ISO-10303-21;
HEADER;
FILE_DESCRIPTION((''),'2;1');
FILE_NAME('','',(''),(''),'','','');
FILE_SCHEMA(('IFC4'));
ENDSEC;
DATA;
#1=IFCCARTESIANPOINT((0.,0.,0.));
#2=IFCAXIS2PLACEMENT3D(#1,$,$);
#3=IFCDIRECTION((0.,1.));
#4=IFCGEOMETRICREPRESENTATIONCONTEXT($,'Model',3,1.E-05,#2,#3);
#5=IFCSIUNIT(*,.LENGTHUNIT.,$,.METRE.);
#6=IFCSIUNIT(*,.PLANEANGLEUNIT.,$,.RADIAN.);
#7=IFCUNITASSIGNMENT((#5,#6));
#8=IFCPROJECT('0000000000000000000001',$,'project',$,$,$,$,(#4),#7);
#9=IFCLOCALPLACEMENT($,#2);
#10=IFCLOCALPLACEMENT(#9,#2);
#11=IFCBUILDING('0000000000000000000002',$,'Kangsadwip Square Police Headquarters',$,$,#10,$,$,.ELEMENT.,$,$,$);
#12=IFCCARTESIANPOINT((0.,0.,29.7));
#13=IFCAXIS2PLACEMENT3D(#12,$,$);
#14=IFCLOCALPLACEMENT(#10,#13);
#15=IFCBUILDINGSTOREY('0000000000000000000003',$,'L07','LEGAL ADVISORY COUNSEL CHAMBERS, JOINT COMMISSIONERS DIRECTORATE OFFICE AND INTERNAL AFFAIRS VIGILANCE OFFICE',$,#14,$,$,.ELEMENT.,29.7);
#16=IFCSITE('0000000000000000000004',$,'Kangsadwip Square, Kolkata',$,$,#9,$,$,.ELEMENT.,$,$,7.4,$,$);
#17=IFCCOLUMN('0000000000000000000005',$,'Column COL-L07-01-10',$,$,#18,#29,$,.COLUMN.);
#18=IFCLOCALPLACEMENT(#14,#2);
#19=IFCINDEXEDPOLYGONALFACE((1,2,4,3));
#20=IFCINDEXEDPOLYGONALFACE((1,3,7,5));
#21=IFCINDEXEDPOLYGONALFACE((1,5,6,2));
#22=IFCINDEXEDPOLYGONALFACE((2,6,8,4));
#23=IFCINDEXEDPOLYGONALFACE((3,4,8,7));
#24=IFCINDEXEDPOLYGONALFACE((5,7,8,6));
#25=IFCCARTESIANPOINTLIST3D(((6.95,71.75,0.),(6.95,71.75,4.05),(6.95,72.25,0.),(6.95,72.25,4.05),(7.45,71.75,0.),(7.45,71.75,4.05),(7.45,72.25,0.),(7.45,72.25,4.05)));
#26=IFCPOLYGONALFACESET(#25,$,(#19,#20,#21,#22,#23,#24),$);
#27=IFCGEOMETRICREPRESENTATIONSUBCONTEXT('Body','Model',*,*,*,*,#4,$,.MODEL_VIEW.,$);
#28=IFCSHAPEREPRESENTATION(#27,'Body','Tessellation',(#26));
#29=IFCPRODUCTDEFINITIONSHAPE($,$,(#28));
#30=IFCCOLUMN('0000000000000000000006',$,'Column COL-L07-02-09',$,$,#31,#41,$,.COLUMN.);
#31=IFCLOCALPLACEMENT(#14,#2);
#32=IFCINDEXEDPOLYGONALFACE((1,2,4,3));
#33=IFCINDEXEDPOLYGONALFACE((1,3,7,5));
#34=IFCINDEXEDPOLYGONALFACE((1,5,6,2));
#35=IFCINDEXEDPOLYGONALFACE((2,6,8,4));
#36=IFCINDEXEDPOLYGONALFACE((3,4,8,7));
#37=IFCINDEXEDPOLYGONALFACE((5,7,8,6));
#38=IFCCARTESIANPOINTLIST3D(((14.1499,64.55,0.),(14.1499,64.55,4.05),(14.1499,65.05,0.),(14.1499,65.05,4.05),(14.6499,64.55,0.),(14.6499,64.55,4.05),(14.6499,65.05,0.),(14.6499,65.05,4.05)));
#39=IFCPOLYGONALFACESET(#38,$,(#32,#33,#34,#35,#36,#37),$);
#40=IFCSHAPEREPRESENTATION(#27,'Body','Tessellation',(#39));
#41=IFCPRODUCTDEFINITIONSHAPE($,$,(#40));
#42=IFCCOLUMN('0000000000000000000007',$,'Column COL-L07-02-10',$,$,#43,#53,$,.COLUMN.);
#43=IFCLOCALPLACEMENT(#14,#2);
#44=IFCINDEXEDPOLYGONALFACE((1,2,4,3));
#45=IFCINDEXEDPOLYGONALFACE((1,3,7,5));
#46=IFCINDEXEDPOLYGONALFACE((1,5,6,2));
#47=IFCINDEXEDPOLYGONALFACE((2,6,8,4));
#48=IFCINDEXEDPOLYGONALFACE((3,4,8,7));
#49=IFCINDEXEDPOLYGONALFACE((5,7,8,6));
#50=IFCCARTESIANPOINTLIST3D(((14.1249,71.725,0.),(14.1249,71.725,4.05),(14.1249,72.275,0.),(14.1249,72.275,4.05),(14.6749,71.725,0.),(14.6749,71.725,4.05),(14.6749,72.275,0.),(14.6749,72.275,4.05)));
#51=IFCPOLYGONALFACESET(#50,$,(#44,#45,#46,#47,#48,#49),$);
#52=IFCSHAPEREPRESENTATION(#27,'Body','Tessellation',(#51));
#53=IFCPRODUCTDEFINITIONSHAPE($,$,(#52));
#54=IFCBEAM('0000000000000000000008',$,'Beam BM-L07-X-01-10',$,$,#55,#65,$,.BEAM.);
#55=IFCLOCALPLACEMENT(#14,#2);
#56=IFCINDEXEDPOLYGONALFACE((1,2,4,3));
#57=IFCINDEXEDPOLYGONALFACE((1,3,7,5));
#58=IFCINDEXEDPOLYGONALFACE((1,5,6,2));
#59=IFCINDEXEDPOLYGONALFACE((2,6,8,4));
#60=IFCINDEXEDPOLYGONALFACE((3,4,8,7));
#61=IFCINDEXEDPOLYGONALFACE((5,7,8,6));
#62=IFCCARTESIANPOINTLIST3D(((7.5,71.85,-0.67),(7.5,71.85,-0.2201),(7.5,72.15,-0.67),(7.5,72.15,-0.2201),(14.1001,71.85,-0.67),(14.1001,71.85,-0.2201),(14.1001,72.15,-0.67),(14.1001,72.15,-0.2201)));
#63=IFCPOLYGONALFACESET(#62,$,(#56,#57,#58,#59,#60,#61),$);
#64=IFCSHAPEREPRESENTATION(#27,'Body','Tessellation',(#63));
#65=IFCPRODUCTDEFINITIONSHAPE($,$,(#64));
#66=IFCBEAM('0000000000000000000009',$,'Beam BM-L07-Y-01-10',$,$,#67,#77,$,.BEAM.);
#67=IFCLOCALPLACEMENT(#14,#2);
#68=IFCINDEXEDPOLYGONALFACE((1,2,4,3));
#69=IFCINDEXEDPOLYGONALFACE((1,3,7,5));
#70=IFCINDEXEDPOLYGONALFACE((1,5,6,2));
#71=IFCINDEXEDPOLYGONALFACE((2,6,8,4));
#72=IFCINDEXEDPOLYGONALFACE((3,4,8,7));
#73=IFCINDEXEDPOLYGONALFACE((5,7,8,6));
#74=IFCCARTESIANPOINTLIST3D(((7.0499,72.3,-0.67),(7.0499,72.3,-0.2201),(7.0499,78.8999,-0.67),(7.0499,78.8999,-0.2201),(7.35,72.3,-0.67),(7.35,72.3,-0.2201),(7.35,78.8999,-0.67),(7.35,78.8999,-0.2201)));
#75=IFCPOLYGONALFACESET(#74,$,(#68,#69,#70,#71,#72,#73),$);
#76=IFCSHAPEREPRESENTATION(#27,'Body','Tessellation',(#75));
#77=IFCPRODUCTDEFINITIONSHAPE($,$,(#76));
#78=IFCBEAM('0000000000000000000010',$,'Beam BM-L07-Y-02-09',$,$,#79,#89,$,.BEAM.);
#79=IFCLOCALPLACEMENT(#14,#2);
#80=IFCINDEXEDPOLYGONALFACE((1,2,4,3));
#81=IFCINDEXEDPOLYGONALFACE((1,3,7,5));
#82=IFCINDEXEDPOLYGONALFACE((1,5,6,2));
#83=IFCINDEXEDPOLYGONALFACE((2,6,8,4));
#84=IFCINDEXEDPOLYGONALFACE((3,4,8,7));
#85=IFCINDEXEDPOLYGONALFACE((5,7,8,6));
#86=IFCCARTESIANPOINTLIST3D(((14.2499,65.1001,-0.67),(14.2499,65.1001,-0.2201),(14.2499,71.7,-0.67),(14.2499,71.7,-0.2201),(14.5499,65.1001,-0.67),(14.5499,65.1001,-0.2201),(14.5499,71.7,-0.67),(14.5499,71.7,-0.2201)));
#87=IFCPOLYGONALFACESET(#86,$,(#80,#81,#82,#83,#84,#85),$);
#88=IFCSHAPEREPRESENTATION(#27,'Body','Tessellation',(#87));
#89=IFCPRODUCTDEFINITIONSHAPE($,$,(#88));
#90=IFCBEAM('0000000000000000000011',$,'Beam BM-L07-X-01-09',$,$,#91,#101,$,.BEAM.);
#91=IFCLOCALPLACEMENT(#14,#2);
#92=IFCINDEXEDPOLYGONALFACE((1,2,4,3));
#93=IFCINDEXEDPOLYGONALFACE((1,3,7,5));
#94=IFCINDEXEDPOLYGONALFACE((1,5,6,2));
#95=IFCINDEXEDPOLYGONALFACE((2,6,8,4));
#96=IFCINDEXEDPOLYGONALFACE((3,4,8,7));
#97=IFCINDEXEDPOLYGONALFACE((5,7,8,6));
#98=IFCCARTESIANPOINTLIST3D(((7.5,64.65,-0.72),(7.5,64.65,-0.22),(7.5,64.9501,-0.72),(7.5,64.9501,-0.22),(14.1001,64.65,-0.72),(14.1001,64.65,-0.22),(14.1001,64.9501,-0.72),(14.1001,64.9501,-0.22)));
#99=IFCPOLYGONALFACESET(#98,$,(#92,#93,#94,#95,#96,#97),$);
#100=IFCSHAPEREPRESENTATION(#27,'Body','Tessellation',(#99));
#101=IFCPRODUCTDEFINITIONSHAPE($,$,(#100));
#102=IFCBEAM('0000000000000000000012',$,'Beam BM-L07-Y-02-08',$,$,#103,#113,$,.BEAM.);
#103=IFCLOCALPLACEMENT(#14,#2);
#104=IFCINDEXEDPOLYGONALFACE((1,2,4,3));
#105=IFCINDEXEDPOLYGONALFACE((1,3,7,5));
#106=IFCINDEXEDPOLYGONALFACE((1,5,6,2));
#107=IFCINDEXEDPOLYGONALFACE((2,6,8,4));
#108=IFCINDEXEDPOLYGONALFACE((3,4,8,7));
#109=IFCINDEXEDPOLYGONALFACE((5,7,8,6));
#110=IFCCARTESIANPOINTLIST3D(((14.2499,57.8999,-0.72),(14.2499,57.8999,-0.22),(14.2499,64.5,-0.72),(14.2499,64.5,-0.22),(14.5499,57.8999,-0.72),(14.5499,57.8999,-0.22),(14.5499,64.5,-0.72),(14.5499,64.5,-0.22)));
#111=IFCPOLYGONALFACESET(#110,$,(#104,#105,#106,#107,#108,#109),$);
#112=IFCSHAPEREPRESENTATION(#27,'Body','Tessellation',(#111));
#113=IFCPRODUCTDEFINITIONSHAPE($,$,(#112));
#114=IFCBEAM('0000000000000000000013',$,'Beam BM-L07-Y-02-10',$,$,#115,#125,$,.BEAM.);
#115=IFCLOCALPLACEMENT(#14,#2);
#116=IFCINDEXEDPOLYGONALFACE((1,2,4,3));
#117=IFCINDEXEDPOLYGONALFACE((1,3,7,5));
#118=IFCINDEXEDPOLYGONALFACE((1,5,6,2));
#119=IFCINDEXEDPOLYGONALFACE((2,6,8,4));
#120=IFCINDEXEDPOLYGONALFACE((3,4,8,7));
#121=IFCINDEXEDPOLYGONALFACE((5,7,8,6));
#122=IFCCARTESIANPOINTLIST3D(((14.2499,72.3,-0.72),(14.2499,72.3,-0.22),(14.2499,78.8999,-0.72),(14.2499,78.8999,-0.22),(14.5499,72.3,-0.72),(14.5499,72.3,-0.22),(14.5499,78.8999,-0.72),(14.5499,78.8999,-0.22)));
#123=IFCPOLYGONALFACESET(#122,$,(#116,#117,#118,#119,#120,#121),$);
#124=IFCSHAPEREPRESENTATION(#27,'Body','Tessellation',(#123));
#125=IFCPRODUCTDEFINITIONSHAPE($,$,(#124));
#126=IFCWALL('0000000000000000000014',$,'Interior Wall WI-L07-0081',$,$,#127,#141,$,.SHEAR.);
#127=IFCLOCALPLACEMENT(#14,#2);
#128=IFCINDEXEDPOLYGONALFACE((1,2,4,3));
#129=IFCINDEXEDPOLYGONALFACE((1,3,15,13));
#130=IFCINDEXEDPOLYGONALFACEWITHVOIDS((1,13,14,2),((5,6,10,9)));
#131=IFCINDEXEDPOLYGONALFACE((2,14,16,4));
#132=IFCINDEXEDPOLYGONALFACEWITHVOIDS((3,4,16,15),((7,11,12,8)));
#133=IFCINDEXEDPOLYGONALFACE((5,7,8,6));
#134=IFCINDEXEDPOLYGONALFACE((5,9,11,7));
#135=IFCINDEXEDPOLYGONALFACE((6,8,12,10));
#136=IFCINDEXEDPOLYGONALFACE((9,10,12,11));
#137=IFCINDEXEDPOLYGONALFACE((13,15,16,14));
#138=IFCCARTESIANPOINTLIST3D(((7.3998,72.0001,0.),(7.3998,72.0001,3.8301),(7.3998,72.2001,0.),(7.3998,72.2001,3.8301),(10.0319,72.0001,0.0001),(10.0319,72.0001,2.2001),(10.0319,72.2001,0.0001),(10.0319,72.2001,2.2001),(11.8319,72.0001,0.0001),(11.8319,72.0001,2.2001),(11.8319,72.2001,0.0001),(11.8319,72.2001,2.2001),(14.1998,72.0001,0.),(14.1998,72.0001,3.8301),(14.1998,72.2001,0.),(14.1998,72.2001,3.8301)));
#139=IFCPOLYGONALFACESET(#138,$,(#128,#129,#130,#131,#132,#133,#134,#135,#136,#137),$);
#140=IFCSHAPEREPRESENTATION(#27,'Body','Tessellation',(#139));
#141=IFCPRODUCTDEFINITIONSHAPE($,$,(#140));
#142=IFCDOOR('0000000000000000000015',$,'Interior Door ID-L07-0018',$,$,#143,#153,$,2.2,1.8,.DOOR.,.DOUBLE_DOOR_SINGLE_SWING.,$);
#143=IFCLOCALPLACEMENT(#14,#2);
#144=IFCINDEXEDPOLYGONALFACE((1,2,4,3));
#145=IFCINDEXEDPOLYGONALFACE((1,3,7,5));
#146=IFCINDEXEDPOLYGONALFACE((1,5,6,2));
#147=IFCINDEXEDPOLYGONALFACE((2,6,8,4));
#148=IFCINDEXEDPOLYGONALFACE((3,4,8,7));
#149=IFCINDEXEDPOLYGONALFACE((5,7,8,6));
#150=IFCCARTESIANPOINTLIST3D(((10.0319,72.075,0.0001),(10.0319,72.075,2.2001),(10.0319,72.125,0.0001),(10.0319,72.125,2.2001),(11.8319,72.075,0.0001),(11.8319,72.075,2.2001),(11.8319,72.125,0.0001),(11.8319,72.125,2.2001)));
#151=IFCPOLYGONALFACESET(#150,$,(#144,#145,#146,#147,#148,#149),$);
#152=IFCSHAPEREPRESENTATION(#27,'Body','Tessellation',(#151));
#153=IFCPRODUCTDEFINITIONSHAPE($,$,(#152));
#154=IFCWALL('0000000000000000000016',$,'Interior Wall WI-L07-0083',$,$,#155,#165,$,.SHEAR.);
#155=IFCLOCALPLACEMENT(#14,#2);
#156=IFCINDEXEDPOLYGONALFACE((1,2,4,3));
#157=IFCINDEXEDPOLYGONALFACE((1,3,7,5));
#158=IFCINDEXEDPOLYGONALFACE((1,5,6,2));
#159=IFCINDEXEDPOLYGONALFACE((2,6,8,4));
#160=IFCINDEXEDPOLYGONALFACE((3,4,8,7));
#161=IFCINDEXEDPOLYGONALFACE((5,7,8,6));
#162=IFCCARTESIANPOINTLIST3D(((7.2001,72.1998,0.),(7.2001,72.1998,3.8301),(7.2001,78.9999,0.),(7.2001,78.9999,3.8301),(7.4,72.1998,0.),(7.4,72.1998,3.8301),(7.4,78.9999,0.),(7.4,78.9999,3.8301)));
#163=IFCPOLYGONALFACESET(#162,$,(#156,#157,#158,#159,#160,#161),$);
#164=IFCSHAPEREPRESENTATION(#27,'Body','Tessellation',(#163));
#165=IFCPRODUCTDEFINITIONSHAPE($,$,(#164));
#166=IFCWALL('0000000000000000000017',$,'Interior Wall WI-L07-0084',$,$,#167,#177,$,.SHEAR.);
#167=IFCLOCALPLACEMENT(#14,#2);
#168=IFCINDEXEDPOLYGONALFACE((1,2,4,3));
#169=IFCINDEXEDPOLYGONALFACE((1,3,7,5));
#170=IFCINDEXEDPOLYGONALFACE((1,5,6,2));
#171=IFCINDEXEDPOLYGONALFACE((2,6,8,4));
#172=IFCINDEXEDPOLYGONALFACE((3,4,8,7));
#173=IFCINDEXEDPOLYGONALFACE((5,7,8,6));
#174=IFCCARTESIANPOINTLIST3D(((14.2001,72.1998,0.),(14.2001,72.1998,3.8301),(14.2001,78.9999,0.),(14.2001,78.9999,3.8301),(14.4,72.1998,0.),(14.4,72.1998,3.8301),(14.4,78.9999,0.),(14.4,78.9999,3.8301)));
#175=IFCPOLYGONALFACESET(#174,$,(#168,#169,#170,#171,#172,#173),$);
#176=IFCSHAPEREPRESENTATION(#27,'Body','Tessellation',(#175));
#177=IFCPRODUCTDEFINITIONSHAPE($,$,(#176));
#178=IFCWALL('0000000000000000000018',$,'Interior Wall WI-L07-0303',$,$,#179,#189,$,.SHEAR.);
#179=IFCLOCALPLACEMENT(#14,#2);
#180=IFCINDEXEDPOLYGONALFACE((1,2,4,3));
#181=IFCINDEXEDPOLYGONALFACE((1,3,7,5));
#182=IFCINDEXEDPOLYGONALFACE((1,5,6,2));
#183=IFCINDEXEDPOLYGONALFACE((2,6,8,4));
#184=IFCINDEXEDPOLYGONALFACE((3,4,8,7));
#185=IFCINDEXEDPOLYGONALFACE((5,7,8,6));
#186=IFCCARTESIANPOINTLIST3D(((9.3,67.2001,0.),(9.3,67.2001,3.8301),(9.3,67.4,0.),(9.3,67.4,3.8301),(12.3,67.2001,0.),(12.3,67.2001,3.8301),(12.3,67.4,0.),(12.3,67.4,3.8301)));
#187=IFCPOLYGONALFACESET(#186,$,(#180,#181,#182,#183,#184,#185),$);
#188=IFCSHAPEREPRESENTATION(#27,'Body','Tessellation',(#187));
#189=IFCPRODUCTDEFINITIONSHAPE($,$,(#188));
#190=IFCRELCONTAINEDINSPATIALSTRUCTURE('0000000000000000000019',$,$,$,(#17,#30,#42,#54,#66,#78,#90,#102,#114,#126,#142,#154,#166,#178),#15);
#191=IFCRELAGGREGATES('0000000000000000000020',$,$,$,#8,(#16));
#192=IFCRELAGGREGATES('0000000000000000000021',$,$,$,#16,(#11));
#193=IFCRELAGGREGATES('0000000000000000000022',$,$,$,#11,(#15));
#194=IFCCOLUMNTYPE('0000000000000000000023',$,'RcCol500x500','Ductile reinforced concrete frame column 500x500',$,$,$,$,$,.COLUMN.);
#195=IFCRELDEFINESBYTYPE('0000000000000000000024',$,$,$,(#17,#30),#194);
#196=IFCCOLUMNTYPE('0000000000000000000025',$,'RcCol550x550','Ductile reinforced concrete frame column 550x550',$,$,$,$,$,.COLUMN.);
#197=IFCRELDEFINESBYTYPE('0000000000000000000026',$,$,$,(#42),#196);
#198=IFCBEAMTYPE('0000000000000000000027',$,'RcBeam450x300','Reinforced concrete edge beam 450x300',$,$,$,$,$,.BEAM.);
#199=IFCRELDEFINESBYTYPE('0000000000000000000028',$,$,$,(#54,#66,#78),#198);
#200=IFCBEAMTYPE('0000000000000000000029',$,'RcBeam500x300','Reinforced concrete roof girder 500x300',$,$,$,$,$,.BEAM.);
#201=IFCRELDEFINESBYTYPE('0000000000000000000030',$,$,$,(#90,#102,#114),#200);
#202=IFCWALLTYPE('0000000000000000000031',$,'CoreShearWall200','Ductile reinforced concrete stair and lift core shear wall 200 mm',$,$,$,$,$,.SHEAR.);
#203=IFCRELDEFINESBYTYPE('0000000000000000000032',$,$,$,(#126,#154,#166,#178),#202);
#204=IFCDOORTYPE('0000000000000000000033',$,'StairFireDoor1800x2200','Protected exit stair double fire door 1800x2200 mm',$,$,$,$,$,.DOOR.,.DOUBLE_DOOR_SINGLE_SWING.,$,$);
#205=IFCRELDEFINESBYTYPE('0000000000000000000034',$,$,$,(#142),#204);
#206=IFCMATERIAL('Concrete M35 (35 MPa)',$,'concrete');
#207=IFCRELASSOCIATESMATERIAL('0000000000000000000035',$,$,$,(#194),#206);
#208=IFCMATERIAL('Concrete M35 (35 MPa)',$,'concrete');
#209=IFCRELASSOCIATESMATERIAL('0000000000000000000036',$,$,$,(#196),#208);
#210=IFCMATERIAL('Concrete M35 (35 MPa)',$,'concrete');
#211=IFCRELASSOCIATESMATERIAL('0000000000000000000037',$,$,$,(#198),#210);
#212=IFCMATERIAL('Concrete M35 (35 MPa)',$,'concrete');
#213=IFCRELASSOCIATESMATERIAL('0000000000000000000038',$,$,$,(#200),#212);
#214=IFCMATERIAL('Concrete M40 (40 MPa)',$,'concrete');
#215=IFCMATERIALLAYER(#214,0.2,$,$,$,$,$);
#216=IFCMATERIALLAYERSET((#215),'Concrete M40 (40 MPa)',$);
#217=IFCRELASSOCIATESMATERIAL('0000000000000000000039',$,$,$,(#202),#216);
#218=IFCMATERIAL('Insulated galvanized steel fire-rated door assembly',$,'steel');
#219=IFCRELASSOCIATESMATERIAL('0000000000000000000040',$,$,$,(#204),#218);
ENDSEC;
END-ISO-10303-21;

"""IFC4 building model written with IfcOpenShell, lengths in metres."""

from ifc_helpers import new_model, si_unit, direction, frame, frame_2d, origin, origin_2d, place, context, subcontext, project, spatial, rectangle, extrude, material, layer, layer_set, material_profile, profile_set, type_object, element, fill, save


model = new_model("IFC4")

# Units and contexts
model_context = context("Model", 3, precision=1e-05, world=origin(), true_north=direction((0.0, 1.0)))
body_context = subcontext(model_context, "Body", "Model", "MODEL_VIEW")
ifc_project = project(units=[si_unit("LENGTHUNIT", "METRE"), si_unit("PLANEANGLEUNIT", "RADIAN")], contexts=[model_context])

# Site, building, storey
site_placement = place(None, origin())
site = spatial("IfcSite", under=ifc_project, at=site_placement, Name="Kangsadwip Square, Kolkata", CompositionType="ELEMENT", RefElevation=7.4)
building_placement = place(site_placement, origin())
building = spatial("IfcBuilding", under=site, at=building_placement, Name="Kangsadwip Square Police Headquarters", CompositionType="ELEMENT")
storey_placement = place(building_placement, frame((0.0, 0.0, 29.7)))
storey = spatial("IfcBuildingStorey", under=building, at=storey_placement, Name="L07", Description="LEGAL ADVISORY COUNSEL CHAMBERS, JOINT COMMISSIONERS DIRECTORATE OFFICE AND INTERNAL AFFAIRS VIGILANCE OFFICE", CompositionType="ELEMENT", Elevation=29.7)

# Columns
ifc_material_1 = material(Name="Concrete M35 (35 MPa)", Category="concrete")
ifc_material_profile_1 = material_profile(ifc_material_1, rectangle(XDim=0.5, YDim=0.5, at=origin_2d()), Name="RC COL 500X500")
ifc_profile_set_1 = profile_set([ifc_material_profile_1], Name="Concrete M35 (35 MPa)")
column_type_1 = type_object("IfcColumnType", Name="RcCol500x500", Description="Ductile reinforced concrete frame column 500x500", PredefinedType="COLUMN", material=ifc_profile_set_1)
for number, where, z_axis, x_axis, name in (
    (1, (7.2, 72.0, 0.0), (0.0, 0.0, 1.0), (1.0, 0.0, 0.0), "Column COL-L07-01-10"),
    (2, (14.3999, 64.8, 0.0), (0.0, 0.0, 1.0), (1.0, 0.0, 0.0), "Column COL-L07-02-09"),
):
    element("IfcColumn", number, at=place(storey_placement, frame(where, z_axis=z_axis, x_axis=x_axis)), inside=storey, type_object=column_type_1, Name=name, PredefinedType="COLUMN", context=body_context, shape_type="SweptSolid", body=[
        extrude(rectangle(XDim=0.5, YDim=0.5, at=origin_2d()), origin(), (0.0, 0.0, 1.0), 4.05),
    ])
ifc_material_2 = material(Name="Concrete M35 (35 MPa)", Category="concrete")
ifc_material_profile_2 = material_profile(ifc_material_2, rectangle(XDim=0.55, YDim=0.55, at=origin_2d()), Name="RC COL 550X550")
ifc_profile_set_2 = profile_set([ifc_material_profile_2], Name="Concrete M35 (35 MPa)")
column_type_2 = type_object("IfcColumnType", Name="RcCol550x550", Description="Ductile reinforced concrete frame column 550x550", PredefinedType="COLUMN", material=ifc_profile_set_2)
column_placement = place(storey_placement, frame((14.3999, 72.0, 0.0), z_axis=(0.0, 0.0, 1.0), x_axis=(1.0, 0.0, 0.0)))
element("IfcColumn", 3, at=column_placement, inside=storey, type_object=column_type_2, Name="Column COL-L07-02-10", PredefinedType="COLUMN", context=body_context, shape_type="SweptSolid", body=[
    extrude(rectangle(XDim=0.55, YDim=0.55, at=origin_2d()), origin(), (0.0, 0.0, 1.0), 4.05),
])

# Beams
ifc_material_3 = material(Name="Concrete M35 (35 MPa)", Category="concrete")
ifc_material_profile_3 = material_profile(ifc_material_3, rectangle(XDim=0.3, YDim=0.45, at=origin_2d()), Name="RC BM 450X300")
ifc_profile_set_3 = profile_set([ifc_material_profile_3], Name="Concrete M35 (35 MPa)")
beam_type_1 = type_object("IfcBeamType", Name="RcBeam450x300", Description="Reinforced concrete edge beam 450x300", PredefinedType="BEAM", material=ifc_profile_set_3)
beam_1_placement = place(storey_placement, frame((7.5, 72.0, -0.4451), z_axis=(1.0, 0.0, 0.0), x_axis=(0.0, 1.0, 0.0)))
element("IfcBeam", 4, at=beam_1_placement, inside=storey, type_object=beam_type_1, Name="Beam BM-L07-X-01-10", PredefinedType="BEAM", context=body_context, shape_type="SweptSolid", body=[
    extrude(rectangle(XDim=0.3, YDim=0.45, at=origin_2d()), origin(), (0.0, 0.0, 1.0), 6.6001),
])
for number, where, z_axis, x_axis, name in (
    (5, (7.2, 72.3, -0.4451), (0.0, 1.0, 0.0), (-1.0, 0.0, 0.0), "Beam BM-L07-Y-01-10"),
    (6, (14.3999, 65.1001, -0.4451), (0.0, 1.0, 0.0), (-1.0, 0.0, 0.0), "Beam BM-L07-Y-02-09"),
):
    element("IfcBeam", number, at=place(storey_placement, frame(where, z_axis=z_axis, x_axis=x_axis)), inside=storey, type_object=beam_type_1, Name=name, PredefinedType="BEAM", context=body_context, shape_type="SweptSolid", body=[
        extrude(rectangle(XDim=0.3, YDim=0.45, at=origin_2d()), origin(), (0.0, 0.0, 1.0), 6.5999),
    ])
ifc_material_4 = material(Name="Concrete M35 (35 MPa)", Category="concrete")
ifc_material_profile_4 = material_profile(ifc_material_4, rectangle(XDim=0.3, YDim=0.5, at=origin_2d()), Name="RC BM 500X300")
ifc_profile_set_4 = profile_set([ifc_material_profile_4], Name="Concrete M35 (35 MPa)")
beam_type_2 = type_object("IfcBeamType", Name="RcBeam500x300", Description="Reinforced concrete roof girder 500x300", PredefinedType="BEAM", material=ifc_profile_set_4)
for number, where, z_axis, x_axis, name in (
    (7, (7.5, 64.8, -0.47), (1.0, 0.0, 0.0), (0.0, 1.0, 0.0), "Beam BM-L07-X-01-09"),
    (8, (14.3999, 57.8999, -0.47), (0.0, 1.0, 0.0), (-1.0, 0.0, 0.0), "Beam BM-L07-Y-02-08"),
):
    element("IfcBeam", number, at=place(storey_placement, frame(where, z_axis=z_axis, x_axis=x_axis)), inside=storey, type_object=beam_type_2, Name=name, PredefinedType="BEAM", context=body_context, shape_type="SweptSolid", body=[
        extrude(rectangle(XDim=0.3, YDim=0.5, at=origin_2d()), origin(), (0.0, 0.0, 1.0), 6.6001),
    ])
beam_2_placement = place(storey_placement, frame((14.3999, 72.3, -0.47), z_axis=(0.0, 1.0, 0.0), x_axis=(-1.0, 0.0, 0.0)))
element("IfcBeam", 9, at=beam_2_placement, inside=storey, type_object=beam_type_2, Name="Beam BM-L07-Y-02-10", PredefinedType="BEAM", context=body_context, shape_type="SweptSolid", body=[
    extrude(rectangle(XDim=0.3, YDim=0.5, at=origin_2d()), origin(), (0.0, 0.0, 1.0), 6.5999),
])

# Wall, opening, door
ifc_material_5 = material(Name="Concrete M40 (40 MPa)", Category="concrete")
ifc_layer_1 = layer(ifc_material_5, 0.2)
ifc_layer_set_1 = layer_set([ifc_layer_1], Name="Concrete M40 (40 MPa)")
wall_type_1 = type_object("IfcWallType", Name="CoreShearWall200", Description="Ductile reinforced concrete stair and lift core shear wall 200 mm", PredefinedType="SHEAR", material=ifc_layer_set_1)
wall_1_placement = place(storey_placement, frame((7.3999, 72.1001, 0.0), z_axis=(0.0, 0.0, 1.0), x_axis=(1.0, 0.0, 0.0)))
wall_1 = element("IfcWall", 10, at=wall_1_placement, inside=storey, type_object=wall_type_1, Name="Interior Wall WI-L07-0081", PredefinedType="SHEAR", context=body_context, shape_type="SweptSolid", body=[
    extrude(rectangle(XDim=6.8, YDim=0.2, at=frame_2d((3.3999, 0.0))), origin(), (0.0, 0.0, 1.0), 3.8301),
])
opening_1_placement = place(wall_1_placement, frame((2.6321, 0.0, 0.0)))
opening_1 = element("IfcOpeningElement", 11, at=opening_1_placement, cuts=wall_1, PredefinedType="OPENING", context=body_context, shape_type="SweptSolid", body=[
    extrude(rectangle(XDim=1.8, YDim=2.2, at=frame_2d((0.8999, 1.1001))), frame((0.0, 0.1099, 0.0), z_axis=(0.0, -1.0, 0.0), x_axis=(1.0, 0.0, 0.0)), (0.0, 0.0, 1.0), 0.22),
])
ifc_material_6 = material(Name="Insulated galvanized steel fire-rated door assembly", Category="steel")
door_type_1 = type_object("IfcDoorType", Name="StairFireDoor1800x2200", Description="Protected exit stair double fire door 1800x2200 mm", OperationType="DOUBLE_DOOR_SINGLE_SWING", PredefinedType="DOOR", material=ifc_material_6)
door_1_placement = place(opening_1_placement, origin())
door_1 = element("IfcDoor", 12, at=door_1_placement, inside=storey, type_object=door_type_1, Name="Interior Door ID-L07-0018", OperationType="DOUBLE_DOOR_SINGLE_SWING", OverallHeight=2.2, OverallWidth=1.8, PredefinedType="DOOR", context=body_context, shape_type="SweptSolid", body=[
    extrude(rectangle(XDim=1.8, YDim=2.2, at=frame_2d((0.8999, 1.1001))), frame((0.0, 0.0249, 0.0), z_axis=(0.0, -1.0, 0.0), x_axis=(1.0, 0.0, 0.0)), (0.0, 0.0, 1.0), 0.05),
])
fill(opening_1, door_1)

# Walls
for number, where, z_axis, x_axis, name in (
    (13, (7.3, 72.2, 0.0), (0.0, 0.0, 1.0), (0.0, 1.0, 0.0), "Interior Wall WI-L07-0083"),
    (14, (14.3, 72.2, 0.0), (0.0, 0.0, 1.0), (0.0, 1.0, 0.0), "Interior Wall WI-L07-0084"),
):
    element("IfcWall", number, at=place(storey_placement, frame(where, z_axis=z_axis, x_axis=x_axis)), inside=storey, type_object=wall_type_1, Name=name, PredefinedType="SHEAR", context=body_context, shape_type="SweptSolid", body=[
        extrude(rectangle(XDim=6.8, YDim=0.2, at=frame_2d((3.3999, 0.0))), origin(), (0.0, 0.0, 1.0), 3.8301),
    ])
for number, where, z_axis, x_axis, name in (
    (15, (9.3, 67.3, 0.0), (0.0, 0.0, 1.0), (1.0, 0.0, 0.0), "Interior Wall WI-L07-0303"),
):
    element("IfcWall", number, at=place(storey_placement, frame(where, z_axis=z_axis, x_axis=x_axis)), inside=storey, type_object=wall_type_1, Name=name, PredefinedType="SHEAR", context=body_context, shape_type="SweptSolid", body=[
        extrude(rectangle(XDim=3.0, YDim=0.2, at=frame_2d((1.5, 0.0))), origin(), (0.0, 0.0, 1.0), 3.8301),
    ])

save(model, "model.ifc")
